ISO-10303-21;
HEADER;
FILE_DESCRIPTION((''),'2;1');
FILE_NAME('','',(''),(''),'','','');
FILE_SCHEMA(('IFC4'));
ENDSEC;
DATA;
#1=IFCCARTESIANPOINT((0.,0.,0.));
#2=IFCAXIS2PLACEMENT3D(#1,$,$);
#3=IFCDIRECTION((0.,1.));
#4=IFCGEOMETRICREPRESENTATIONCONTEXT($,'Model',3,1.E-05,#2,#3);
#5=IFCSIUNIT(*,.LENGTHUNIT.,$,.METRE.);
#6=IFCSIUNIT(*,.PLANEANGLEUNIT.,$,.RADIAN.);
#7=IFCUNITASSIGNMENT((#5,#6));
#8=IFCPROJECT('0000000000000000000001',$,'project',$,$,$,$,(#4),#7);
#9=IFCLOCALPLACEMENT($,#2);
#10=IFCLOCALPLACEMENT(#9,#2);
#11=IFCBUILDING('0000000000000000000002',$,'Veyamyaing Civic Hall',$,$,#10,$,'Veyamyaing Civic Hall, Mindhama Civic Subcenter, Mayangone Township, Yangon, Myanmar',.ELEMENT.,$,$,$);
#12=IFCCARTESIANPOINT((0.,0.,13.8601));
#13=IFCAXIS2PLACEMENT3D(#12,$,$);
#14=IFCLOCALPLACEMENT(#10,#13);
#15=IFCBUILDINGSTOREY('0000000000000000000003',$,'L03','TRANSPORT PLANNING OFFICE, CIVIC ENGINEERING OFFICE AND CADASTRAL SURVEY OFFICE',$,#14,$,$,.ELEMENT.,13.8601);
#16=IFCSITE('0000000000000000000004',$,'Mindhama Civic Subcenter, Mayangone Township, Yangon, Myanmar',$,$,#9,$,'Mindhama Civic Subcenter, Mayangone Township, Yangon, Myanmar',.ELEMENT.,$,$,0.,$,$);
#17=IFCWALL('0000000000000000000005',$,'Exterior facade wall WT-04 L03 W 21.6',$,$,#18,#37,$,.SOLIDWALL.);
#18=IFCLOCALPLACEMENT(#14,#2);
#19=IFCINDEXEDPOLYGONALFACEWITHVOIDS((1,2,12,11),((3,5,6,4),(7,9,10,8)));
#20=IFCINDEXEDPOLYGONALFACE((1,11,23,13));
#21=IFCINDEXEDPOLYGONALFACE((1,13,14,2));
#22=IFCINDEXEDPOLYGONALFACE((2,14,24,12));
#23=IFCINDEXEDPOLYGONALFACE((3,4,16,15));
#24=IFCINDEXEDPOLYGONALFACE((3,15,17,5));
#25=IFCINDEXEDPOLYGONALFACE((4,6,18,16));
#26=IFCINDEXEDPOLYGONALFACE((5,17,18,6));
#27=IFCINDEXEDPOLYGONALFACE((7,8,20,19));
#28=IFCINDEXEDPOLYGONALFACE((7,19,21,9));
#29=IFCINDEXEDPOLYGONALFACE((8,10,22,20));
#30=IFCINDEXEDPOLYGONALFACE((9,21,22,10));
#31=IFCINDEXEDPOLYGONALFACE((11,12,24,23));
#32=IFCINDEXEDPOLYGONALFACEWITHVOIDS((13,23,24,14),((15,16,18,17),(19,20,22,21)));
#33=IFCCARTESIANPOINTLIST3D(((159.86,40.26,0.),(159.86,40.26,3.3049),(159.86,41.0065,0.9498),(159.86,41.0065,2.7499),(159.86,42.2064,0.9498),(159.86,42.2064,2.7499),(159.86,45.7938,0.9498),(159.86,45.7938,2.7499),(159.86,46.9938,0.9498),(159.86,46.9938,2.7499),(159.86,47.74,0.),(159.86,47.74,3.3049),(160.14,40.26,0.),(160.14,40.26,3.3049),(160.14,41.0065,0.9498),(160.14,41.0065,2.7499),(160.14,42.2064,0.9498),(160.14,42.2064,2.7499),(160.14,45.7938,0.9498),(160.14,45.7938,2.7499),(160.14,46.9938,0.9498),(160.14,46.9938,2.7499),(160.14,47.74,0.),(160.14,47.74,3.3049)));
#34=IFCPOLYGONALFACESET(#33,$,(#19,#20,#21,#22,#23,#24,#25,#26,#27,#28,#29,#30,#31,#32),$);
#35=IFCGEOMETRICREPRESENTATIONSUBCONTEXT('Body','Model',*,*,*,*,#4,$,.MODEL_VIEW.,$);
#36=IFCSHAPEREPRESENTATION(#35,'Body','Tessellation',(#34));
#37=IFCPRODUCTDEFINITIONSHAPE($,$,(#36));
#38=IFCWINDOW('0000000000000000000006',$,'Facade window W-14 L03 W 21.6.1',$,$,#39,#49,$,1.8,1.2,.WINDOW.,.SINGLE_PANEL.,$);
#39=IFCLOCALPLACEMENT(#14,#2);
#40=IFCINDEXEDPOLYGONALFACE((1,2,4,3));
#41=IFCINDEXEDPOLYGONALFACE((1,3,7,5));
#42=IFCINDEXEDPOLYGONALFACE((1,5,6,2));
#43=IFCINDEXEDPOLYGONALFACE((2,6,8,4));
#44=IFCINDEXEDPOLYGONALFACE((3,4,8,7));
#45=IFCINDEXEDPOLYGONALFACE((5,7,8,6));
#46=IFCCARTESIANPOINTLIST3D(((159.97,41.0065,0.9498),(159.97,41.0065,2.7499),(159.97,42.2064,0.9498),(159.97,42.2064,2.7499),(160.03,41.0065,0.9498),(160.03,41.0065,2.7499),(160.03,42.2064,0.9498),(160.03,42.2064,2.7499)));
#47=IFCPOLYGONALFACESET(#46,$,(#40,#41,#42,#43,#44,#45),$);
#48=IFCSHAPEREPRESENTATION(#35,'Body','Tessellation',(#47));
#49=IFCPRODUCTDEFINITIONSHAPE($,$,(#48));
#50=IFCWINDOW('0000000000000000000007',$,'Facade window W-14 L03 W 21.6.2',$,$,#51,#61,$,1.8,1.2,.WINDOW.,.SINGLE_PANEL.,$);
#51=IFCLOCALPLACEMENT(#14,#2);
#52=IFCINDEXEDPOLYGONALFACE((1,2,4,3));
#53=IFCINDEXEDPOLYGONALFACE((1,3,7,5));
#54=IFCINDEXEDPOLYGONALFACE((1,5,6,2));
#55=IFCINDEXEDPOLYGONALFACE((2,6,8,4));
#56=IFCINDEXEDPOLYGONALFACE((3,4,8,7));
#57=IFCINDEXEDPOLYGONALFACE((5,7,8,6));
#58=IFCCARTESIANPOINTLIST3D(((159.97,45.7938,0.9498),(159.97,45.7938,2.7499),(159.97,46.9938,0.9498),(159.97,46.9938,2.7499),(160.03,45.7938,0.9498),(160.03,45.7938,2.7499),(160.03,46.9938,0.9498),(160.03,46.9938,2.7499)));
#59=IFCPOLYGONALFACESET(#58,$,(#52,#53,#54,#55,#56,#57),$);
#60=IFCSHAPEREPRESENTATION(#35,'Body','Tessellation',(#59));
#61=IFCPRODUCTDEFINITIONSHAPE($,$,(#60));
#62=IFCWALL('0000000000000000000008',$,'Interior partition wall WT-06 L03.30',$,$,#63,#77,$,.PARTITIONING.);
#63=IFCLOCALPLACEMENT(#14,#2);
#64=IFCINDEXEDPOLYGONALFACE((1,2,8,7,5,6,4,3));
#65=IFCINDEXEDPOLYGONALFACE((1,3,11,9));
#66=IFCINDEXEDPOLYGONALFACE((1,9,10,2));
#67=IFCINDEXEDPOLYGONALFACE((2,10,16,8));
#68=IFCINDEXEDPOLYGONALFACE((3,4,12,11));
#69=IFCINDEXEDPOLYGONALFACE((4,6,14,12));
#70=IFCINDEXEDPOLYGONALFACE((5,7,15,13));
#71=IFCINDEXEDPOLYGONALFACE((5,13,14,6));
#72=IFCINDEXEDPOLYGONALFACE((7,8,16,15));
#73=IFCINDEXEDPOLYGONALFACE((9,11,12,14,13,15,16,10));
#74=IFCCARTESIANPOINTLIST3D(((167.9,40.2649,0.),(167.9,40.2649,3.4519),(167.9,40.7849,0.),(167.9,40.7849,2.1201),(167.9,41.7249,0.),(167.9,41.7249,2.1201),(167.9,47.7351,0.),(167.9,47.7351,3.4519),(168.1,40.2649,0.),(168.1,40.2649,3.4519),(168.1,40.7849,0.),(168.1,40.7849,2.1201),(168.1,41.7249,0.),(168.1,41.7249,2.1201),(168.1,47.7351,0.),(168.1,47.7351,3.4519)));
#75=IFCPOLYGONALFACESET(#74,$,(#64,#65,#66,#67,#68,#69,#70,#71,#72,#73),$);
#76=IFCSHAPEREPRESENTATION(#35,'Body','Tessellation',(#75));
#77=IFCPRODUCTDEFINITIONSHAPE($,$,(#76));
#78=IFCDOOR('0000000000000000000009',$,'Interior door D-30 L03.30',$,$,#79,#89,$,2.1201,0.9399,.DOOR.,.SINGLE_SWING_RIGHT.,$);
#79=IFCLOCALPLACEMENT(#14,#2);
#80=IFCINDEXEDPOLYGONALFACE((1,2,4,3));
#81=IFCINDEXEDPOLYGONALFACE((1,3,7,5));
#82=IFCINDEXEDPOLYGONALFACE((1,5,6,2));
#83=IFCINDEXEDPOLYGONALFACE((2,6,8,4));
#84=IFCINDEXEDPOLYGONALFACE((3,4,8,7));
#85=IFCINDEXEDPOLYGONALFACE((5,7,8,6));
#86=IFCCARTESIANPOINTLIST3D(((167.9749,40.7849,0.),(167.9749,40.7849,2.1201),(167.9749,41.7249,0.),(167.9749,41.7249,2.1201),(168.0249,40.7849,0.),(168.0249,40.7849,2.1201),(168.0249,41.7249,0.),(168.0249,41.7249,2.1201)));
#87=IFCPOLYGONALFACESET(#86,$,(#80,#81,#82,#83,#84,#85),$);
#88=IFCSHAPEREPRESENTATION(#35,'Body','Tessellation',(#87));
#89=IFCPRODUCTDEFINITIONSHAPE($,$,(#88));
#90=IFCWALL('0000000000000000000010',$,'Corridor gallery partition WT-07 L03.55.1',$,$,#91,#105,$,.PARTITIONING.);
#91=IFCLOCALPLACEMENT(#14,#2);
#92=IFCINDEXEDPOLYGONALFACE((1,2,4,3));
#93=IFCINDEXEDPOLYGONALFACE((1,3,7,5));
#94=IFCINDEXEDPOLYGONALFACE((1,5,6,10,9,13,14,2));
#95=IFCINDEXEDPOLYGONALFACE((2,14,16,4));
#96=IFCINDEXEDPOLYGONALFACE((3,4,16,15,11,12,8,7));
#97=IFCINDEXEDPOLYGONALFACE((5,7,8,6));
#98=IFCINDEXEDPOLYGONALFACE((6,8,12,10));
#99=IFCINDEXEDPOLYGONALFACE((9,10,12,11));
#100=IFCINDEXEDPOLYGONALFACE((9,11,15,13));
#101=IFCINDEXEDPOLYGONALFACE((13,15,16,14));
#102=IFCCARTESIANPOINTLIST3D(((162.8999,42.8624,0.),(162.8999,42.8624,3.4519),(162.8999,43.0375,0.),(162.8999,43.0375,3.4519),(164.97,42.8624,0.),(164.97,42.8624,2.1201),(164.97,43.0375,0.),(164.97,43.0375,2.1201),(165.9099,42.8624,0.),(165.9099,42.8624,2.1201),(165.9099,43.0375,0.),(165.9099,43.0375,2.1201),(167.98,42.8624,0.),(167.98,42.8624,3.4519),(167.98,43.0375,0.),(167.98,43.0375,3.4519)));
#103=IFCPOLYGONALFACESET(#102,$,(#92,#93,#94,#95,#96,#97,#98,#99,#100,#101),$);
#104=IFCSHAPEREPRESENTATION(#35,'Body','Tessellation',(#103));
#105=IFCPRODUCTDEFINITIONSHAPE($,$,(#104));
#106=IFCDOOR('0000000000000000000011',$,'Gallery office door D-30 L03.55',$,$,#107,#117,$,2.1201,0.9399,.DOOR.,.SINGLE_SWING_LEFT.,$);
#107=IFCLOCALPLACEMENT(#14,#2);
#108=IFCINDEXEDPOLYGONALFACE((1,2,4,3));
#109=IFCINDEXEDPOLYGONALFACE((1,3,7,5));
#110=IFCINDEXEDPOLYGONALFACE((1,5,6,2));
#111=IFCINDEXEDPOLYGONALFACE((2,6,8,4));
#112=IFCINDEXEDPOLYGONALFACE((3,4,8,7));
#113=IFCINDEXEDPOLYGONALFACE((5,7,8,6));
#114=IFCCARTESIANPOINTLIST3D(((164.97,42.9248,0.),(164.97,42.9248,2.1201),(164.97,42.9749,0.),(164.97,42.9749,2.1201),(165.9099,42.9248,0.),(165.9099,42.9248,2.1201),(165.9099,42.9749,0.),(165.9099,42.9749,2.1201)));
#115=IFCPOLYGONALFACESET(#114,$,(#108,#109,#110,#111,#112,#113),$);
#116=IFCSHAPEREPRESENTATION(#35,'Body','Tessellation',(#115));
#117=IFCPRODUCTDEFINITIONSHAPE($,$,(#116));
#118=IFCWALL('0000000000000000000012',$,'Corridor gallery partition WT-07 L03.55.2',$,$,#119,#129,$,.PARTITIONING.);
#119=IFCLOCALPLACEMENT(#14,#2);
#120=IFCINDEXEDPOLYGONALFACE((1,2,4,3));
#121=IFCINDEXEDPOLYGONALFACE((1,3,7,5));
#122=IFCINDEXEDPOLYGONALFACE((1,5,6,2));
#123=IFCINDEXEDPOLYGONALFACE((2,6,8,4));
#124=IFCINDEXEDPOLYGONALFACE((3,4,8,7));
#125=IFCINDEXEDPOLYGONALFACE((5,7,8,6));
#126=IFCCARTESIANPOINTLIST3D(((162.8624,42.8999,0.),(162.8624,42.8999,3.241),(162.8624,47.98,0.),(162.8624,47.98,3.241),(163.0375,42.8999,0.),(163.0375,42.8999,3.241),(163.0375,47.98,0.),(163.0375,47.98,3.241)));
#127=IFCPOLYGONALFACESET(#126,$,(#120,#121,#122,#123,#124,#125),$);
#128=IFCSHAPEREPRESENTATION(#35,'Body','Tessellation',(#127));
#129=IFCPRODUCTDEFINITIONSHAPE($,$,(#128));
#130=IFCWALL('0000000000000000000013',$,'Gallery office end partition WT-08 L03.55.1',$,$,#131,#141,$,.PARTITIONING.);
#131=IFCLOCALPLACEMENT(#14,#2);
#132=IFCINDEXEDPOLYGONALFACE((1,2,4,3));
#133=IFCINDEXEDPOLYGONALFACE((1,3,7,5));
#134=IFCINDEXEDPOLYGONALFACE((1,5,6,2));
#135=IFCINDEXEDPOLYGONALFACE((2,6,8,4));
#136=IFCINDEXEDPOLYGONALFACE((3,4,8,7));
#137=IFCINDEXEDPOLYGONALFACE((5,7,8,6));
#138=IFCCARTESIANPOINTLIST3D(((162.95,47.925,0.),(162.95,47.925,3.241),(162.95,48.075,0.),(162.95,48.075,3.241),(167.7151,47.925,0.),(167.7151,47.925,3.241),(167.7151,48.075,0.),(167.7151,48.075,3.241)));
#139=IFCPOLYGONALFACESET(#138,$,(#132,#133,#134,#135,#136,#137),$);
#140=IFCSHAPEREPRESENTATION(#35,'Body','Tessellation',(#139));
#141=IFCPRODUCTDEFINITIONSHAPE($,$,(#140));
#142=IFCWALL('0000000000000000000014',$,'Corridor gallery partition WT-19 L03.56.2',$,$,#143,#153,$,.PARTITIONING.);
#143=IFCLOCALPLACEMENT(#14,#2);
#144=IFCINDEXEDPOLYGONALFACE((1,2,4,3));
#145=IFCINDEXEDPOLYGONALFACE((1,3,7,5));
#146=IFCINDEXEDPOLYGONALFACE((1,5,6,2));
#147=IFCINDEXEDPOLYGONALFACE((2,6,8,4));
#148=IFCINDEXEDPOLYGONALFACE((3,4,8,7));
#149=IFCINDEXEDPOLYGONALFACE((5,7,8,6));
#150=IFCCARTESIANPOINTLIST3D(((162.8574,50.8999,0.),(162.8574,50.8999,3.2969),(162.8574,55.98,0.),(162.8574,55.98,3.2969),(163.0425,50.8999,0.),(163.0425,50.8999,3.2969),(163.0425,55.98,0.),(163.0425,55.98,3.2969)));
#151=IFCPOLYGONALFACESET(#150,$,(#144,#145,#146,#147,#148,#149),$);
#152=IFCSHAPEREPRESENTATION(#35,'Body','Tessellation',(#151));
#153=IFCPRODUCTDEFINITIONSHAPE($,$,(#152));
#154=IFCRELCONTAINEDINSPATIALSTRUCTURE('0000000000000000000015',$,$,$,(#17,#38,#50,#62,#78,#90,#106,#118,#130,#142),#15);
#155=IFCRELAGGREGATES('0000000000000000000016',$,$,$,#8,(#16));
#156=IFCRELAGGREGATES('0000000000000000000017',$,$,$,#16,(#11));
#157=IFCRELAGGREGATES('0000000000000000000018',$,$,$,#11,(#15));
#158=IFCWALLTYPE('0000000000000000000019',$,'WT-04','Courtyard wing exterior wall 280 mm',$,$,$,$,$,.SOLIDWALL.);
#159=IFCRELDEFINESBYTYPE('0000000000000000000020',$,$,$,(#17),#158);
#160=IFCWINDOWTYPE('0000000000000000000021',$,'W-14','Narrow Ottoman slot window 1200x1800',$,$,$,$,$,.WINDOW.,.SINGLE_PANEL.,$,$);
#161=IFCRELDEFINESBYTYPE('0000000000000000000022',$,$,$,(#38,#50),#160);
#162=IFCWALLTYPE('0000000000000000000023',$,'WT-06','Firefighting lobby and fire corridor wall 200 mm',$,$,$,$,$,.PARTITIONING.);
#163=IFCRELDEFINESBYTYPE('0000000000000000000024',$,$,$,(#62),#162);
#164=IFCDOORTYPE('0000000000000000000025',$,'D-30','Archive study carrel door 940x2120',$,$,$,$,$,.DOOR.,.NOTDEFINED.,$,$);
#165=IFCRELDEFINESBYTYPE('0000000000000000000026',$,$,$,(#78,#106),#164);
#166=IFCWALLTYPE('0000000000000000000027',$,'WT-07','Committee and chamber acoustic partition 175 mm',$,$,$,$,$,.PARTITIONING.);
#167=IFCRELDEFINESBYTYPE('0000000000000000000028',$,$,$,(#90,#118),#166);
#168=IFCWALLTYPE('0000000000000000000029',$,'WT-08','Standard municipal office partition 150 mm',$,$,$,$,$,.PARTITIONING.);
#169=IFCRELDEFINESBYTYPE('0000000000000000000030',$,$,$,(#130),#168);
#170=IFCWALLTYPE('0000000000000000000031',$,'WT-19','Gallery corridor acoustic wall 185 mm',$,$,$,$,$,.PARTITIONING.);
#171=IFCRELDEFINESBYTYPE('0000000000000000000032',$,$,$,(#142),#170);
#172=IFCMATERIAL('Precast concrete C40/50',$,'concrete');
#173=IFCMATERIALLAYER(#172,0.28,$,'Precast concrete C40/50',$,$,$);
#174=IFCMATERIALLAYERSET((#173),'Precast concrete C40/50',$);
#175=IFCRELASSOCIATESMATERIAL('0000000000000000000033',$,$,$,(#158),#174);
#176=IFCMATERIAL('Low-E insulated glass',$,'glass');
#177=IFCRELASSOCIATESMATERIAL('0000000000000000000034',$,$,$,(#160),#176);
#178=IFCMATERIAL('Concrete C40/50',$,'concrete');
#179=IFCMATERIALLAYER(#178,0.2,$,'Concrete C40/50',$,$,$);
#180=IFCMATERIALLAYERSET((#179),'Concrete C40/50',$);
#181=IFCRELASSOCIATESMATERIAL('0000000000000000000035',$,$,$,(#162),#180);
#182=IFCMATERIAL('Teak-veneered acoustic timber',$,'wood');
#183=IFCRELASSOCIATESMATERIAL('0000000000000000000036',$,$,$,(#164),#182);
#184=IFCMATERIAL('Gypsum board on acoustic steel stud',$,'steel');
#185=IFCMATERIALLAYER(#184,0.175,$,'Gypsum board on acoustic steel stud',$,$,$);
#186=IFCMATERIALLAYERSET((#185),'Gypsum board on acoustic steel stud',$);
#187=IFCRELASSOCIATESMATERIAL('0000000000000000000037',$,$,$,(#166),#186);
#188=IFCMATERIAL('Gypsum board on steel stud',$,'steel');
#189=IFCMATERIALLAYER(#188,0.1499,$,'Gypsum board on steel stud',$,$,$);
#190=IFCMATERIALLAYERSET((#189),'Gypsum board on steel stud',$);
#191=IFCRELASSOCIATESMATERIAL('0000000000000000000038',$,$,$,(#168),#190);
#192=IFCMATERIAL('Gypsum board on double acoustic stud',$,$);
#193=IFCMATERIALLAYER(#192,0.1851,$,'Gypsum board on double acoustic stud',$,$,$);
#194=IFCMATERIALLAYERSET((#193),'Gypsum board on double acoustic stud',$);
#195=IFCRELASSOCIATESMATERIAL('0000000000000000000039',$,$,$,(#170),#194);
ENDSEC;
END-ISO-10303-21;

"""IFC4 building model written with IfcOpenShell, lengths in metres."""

from ifc_helpers import new_model, si_unit, direction, frame, frame_2d, origin, place, context, subcontext, project, spatial, rectangle, extrude, material, layer, layer_set, type_object, element, fill, save


model = new_model("IFC4")

# Units and contexts
model_context = context("Model", 3, precision=1e-05, world=origin(), true_north=direction((0.0, 1.0)))
body_context = subcontext(model_context, "Body", "Model", "MODEL_VIEW")
ifc_project = project(units=[si_unit("LENGTHUNIT", "METRE"), si_unit("PLANEANGLEUNIT", "RADIAN")], contexts=[model_context])

# Site, building, storey
site_placement = place(None, origin())
site = spatial("IfcSite", under=ifc_project, at=site_placement, Name="Mindhama Civic Subcenter, Mayangone Township, Yangon, Myanmar", LongName="Mindhama Civic Subcenter, Mayangone Township, Yangon, Myanmar", CompositionType="ELEMENT", RefElevation=0.0)
building_placement = place(site_placement, origin())
building = spatial("IfcBuilding", under=site, at=building_placement, Name="Veyamyaing Civic Hall", LongName="Veyamyaing Civic Hall, Mindhama Civic Subcenter, Mayangone Township, Yangon, Myanmar", CompositionType="ELEMENT")
storey_placement = place(building_placement, frame((0.0, 0.0, 13.8601)))
storey = spatial("IfcBuildingStorey", under=building, at=storey_placement, Name="L03", Description="TRANSPORT PLANNING OFFICE, CIVIC ENGINEERING OFFICE AND CADASTRAL SURVEY OFFICE", CompositionType="ELEMENT", Elevation=13.8601)

# Wall, openings, windows
ifc_material_1 = material(Name="Precast concrete C40/50", Category="concrete")
ifc_layer_1 = layer(ifc_material_1, 0.28, Name="Precast concrete C40/50")
ifc_layer_set_1 = layer_set([ifc_layer_1], Name="Precast concrete C40/50")
wall_type_1 = type_object("IfcWallType", Name="WT-04", Description="Courtyard wing exterior wall 280 mm", PredefinedType="SOLIDWALL", material=ifc_layer_set_1)
wall_1_placement = place(storey_placement, frame((160.0, 40.26, 0.0), z_axis=(0.0, 0.0, 1.0), x_axis=(0.0, 1.0, 0.0)))
wall_1 = element("IfcWall", 1, at=wall_1_placement, inside=storey, type_object=wall_type_1, Name="Exterior facade wall WT-04 L03 W 21.6", PredefinedType="SOLIDWALL", context=body_context, shape_type="SweptSolid", body=[
    extrude(rectangle(XDim=7.48, YDim=0.28, at=frame_2d((3.74, 0.0))), origin(), (0.0, 0.0, 1.0), 3.3049),
])
opening_1_placement = place(wall_1_placement, frame((0.7463, 0.0, 0.95)))
opening_1 = element("IfcOpeningElement", 2, at=opening_1_placement, cuts=wall_1, PredefinedType="OPENING", context=body_context, shape_type="SweptSolid", body=[
    extrude(rectangle(XDim=1.2, YDim=1.8, at=frame_2d((0.6001, 0.8999))), frame((0.0, 0.1499, 0.0), z_axis=(0.0, -1.0, 0.0), x_axis=(1.0, 0.0, 0.0)), (0.0, 0.0, 1.0), 0.3),
])
opening_2_placement = place(wall_1_placement, frame((5.5337, 0.0, 0.95)))
opening_2 = element("IfcOpeningElement", 3, at=opening_2_placement, cuts=wall_1, PredefinedType="OPENING", context=body_context, shape_type="SweptSolid", body=[
    extrude(rectangle(XDim=1.2, YDim=1.8, at=frame_2d((0.6001, 0.8999))), frame((0.0, 0.1499, 0.0), z_axis=(0.0, -1.0, 0.0), x_axis=(1.0, 0.0, 0.0)), (0.0, 0.0, 1.0), 0.3),
])
ifc_material_2 = material(Name="Low-E insulated glass", Category="glass")
window_type = type_object("IfcWindowType", Name="W-14", Description="Narrow Ottoman slot window 1200x1800", PartitioningType="SINGLE_PANEL", PredefinedType="WINDOW", material=ifc_material_2)
window_1_placement = place(opening_1_placement, origin())
window_1 = element("IfcWindow", 4, at=window_1_placement, inside=storey, type_object=window_type, Name="Facade window W-14 L03 W 21.6.1", OverallHeight=1.8, OverallWidth=1.2, PartitioningType="SINGLE_PANEL", PredefinedType="WINDOW", context=body_context, shape_type="SweptSolid", body=[
    extrude(rectangle(XDim=1.2, YDim=1.8, at=frame_2d((0.6001, 0.8999))), frame((0.0, 0.03, 0.0), z_axis=(0.0, -1.0, 0.0), x_axis=(1.0, 0.0, 0.0)), (0.0, 0.0, 1.0), 0.0601),
])
fill(opening_1, window_1)
window_2_placement = place(opening_2_placement, origin())
window_2 = element("IfcWindow", 5, at=window_2_placement, inside=storey, type_object=window_type, Name="Facade window W-14 L03 W 21.6.2", OverallHeight=1.8, OverallWidth=1.2, PartitioningType="SINGLE_PANEL", PredefinedType="WINDOW", context=body_context, shape_type="SweptSolid", body=[
    extrude(rectangle(XDim=1.2, YDim=1.8, at=frame_2d((0.6001, 0.8999))), frame((0.0, 0.03, 0.0), z_axis=(0.0, -1.0, 0.0), x_axis=(1.0, 0.0, 0.0)), (0.0, 0.0, 1.0), 0.0601),
])
fill(opening_2, window_2)

# Walls, openings, doors
ifc_material_3 = material(Name="Concrete C40/50", Category="concrete")
ifc_layer_2 = layer(ifc_material_3, 0.2, Name="Concrete C40/50")
ifc_layer_set_2 = layer_set([ifc_layer_2], Name="Concrete C40/50")
wall_type_2 = type_object("IfcWallType", Name="WT-06", Description="Firefighting lobby and fire corridor wall 200 mm", PredefinedType="PARTITIONING", material=ifc_layer_set_2)
wall_2_placement = place(storey_placement, frame((168.0, 40.2649, 0.0), z_axis=(0.0, 0.0, 1.0), x_axis=(0.0, 1.0, 0.0)))
wall_2 = element("IfcWall", 6, at=wall_2_placement, inside=storey, type_object=wall_type_2, Name="Interior partition wall WT-06 L03.30", PredefinedType="PARTITIONING", context=body_context, shape_type="SweptSolid", body=[
    extrude(rectangle(XDim=7.4702, YDim=0.2, at=frame_2d((3.7351, 0.0))), origin(), (0.0, 0.0, 1.0), 3.4519),
])
opening_3_placement = place(wall_2_placement, frame((0.52, 0.0, 0.0)))
opening_3 = element("IfcOpeningElement", 7, at=opening_3_placement, cuts=wall_2, PredefinedType="OPENING", context=body_context, shape_type="SweptSolid", body=[
    extrude(rectangle(XDim=0.9399, YDim=2.1201, at=frame_2d((0.47, 1.0601))), frame((0.0, 0.1099, 0.0), z_axis=(0.0, -1.0, 0.0), x_axis=(1.0, 0.0, 0.0)), (0.0, 0.0, 1.0), 0.22),
])
ifc_material_4 = material(Name="Teak-veneered acoustic timber", Category="wood")
door_type = type_object("IfcDoorType", Name="D-30", Description="Archive study carrel door 940x2120", OperationType="NOTDEFINED", PredefinedType="DOOR", material=ifc_material_4)
door_1_placement = place(opening_3_placement, frame((0.9399, 0.0, 0.0), z_axis=(0.0, 0.0, 1.0), x_axis=(-1.0, 0.0, 0.0)))
door_1 = element("IfcDoor", 8, at=door_1_placement, inside=storey, type_object=door_type, Name="Interior door D-30 L03.30", OperationType="SINGLE_SWING_RIGHT", OverallHeight=2.1201, OverallWidth=0.9399, PredefinedType="DOOR", context=body_context, shape_type="SweptSolid", body=[
    extrude(rectangle(XDim=0.9399, YDim=2.1201, at=frame_2d((0.47, 1.0601))), frame((0.0, 0.0249, 0.0), z_axis=(0.0, -1.0, 0.0), x_axis=(1.0, 0.0, 0.0)), (0.0, 0.0, 1.0), 0.05),
])
fill(opening_3, door_1)
ifc_material_5 = material(Name="Gypsum board on acoustic steel stud", Category="steel")
ifc_layer_3 = layer(ifc_material_5, 0.175, Name="Gypsum board on acoustic steel stud")
ifc_layer_set_3 = layer_set([ifc_layer_3], Name="Gypsum board on acoustic steel stud")
wall_type_3 = type_object("IfcWallType", Name="WT-07", Description="Committee and chamber acoustic partition 175 mm", PredefinedType="PARTITIONING", material=ifc_layer_set_3)
wall_3_placement = place(storey_placement, frame((162.8999, 42.95, 0.0), z_axis=(0.0, 0.0, 1.0), x_axis=(1.0, 0.0, 0.0)))
wall_3 = element("IfcWall", 9, at=wall_3_placement, inside=storey, type_object=wall_type_3, Name="Corridor gallery partition WT-07 L03.55.1", PredefinedType="PARTITIONING", context=body_context, shape_type="SweptSolid", body=[
    extrude(rectangle(XDim=5.0801, YDim=0.175, at=frame_2d((2.54, 0.0))), origin(), (0.0, 0.0, 1.0), 3.4519),
])
opening_4_placement = place(wall_3_placement, frame((2.0701, 0.0, 0.0)))
opening_4 = element("IfcOpeningElement", 10, at=opening_4_placement, cuts=wall_3, PredefinedType="OPENING", context=body_context, shape_type="SweptSolid", body=[
    extrude(rectangle(XDim=0.9399, YDim=2.1201, at=frame_2d((0.47, 1.0601))), frame((0.0, 0.0974, 0.0), z_axis=(0.0, -1.0, 0.0), x_axis=(1.0, 0.0, 0.0)), (0.0, 0.0, 1.0), 0.1951),
])
door_2_placement = place(opening_4_placement, origin())
door_2 = element("IfcDoor", 11, at=door_2_placement, inside=storey, type_object=door_type, Name="Gallery office door D-30 L03.55", OperationType="SINGLE_SWING_LEFT", OverallHeight=2.1201, OverallWidth=0.9399, PredefinedType="DOOR", context=body_context, shape_type="SweptSolid", body=[
    extrude(rectangle(XDim=0.9399, YDim=2.1201, at=frame_2d((0.47, 1.0601))), frame((0.0, 0.0249, 0.0), z_axis=(0.0, -1.0, 0.0), x_axis=(1.0, 0.0, 0.0)), (0.0, 0.0, 1.0), 0.05),
])
fill(opening_4, door_2)

# Walls
wall_4_placement = place(storey_placement, frame((162.95, 42.8999, 0.0), z_axis=(0.0, 0.0, 1.0), x_axis=(0.0, 1.0, 0.0)))
element("IfcWall", 12, at=wall_4_placement, inside=storey, type_object=wall_type_3, Name="Corridor gallery partition WT-07 L03.55.2", PredefinedType="PARTITIONING", context=body_context, shape_type="SweptSolid", body=[
    extrude(rectangle(XDim=5.0801, YDim=0.175, at=frame_2d((2.54, 0.0))), origin(), (0.0, 0.0, 1.0), 3.241),
])
ifc_material_6 = material(Name="Gypsum board on steel stud", Category="steel")
ifc_layer_4 = layer(ifc_material_6, 0.1499, Name="Gypsum board on steel stud")
ifc_layer_set_4 = layer_set([ifc_layer_4], Name="Gypsum board on steel stud")
wall_type_4 = type_object("IfcWallType", Name="WT-08", Description="Standard municipal office partition 150 mm", PredefinedType="PARTITIONING", material=ifc_layer_set_4)
wall_5_placement = place(storey_placement, frame((162.95, 48.0, 0.0), z_axis=(0.0, 0.0, 1.0), x_axis=(1.0, 0.0, 0.0)))
element("IfcWall", 13, at=wall_5_placement, inside=storey, type_object=wall_type_4, Name="Gallery office end partition WT-08 L03.55.1", PredefinedType="PARTITIONING", context=body_context, shape_type="SweptSolid", body=[
    extrude(rectangle(XDim=4.7651, YDim=0.1499, at=frame_2d((2.3826, 0.0))), origin(), (0.0, 0.0, 1.0), 3.241),
])
ifc_material_7 = material(Name="Gypsum board on double acoustic stud")
ifc_layer_5 = layer(ifc_material_7, 0.1851, Name="Gypsum board on double acoustic stud")
ifc_layer_set_5 = layer_set([ifc_layer_5], Name="Gypsum board on double acoustic stud")
wall_type_5 = type_object("IfcWallType", Name="WT-19", Description="Gallery corridor acoustic wall 185 mm", PredefinedType="PARTITIONING", material=ifc_layer_set_5)
wall_6_placement = place(storey_placement, frame((162.95, 50.8999, 0.0), z_axis=(0.0, 0.0, 1.0), x_axis=(0.0, 1.0, 0.0)))
element("IfcWall", 14, at=wall_6_placement, inside=storey, type_object=wall_type_5, Name="Corridor gallery partition WT-19 L03.56.2", PredefinedType="PARTITIONING", context=body_context, shape_type="SweptSolid", body=[
    extrude(rectangle(XDim=5.0801, YDim=0.1851, at=frame_2d((2.54, 0.0))), origin(), (0.0, 0.0, 1.0), 3.2969),
])

save(model, "model.ifc")
